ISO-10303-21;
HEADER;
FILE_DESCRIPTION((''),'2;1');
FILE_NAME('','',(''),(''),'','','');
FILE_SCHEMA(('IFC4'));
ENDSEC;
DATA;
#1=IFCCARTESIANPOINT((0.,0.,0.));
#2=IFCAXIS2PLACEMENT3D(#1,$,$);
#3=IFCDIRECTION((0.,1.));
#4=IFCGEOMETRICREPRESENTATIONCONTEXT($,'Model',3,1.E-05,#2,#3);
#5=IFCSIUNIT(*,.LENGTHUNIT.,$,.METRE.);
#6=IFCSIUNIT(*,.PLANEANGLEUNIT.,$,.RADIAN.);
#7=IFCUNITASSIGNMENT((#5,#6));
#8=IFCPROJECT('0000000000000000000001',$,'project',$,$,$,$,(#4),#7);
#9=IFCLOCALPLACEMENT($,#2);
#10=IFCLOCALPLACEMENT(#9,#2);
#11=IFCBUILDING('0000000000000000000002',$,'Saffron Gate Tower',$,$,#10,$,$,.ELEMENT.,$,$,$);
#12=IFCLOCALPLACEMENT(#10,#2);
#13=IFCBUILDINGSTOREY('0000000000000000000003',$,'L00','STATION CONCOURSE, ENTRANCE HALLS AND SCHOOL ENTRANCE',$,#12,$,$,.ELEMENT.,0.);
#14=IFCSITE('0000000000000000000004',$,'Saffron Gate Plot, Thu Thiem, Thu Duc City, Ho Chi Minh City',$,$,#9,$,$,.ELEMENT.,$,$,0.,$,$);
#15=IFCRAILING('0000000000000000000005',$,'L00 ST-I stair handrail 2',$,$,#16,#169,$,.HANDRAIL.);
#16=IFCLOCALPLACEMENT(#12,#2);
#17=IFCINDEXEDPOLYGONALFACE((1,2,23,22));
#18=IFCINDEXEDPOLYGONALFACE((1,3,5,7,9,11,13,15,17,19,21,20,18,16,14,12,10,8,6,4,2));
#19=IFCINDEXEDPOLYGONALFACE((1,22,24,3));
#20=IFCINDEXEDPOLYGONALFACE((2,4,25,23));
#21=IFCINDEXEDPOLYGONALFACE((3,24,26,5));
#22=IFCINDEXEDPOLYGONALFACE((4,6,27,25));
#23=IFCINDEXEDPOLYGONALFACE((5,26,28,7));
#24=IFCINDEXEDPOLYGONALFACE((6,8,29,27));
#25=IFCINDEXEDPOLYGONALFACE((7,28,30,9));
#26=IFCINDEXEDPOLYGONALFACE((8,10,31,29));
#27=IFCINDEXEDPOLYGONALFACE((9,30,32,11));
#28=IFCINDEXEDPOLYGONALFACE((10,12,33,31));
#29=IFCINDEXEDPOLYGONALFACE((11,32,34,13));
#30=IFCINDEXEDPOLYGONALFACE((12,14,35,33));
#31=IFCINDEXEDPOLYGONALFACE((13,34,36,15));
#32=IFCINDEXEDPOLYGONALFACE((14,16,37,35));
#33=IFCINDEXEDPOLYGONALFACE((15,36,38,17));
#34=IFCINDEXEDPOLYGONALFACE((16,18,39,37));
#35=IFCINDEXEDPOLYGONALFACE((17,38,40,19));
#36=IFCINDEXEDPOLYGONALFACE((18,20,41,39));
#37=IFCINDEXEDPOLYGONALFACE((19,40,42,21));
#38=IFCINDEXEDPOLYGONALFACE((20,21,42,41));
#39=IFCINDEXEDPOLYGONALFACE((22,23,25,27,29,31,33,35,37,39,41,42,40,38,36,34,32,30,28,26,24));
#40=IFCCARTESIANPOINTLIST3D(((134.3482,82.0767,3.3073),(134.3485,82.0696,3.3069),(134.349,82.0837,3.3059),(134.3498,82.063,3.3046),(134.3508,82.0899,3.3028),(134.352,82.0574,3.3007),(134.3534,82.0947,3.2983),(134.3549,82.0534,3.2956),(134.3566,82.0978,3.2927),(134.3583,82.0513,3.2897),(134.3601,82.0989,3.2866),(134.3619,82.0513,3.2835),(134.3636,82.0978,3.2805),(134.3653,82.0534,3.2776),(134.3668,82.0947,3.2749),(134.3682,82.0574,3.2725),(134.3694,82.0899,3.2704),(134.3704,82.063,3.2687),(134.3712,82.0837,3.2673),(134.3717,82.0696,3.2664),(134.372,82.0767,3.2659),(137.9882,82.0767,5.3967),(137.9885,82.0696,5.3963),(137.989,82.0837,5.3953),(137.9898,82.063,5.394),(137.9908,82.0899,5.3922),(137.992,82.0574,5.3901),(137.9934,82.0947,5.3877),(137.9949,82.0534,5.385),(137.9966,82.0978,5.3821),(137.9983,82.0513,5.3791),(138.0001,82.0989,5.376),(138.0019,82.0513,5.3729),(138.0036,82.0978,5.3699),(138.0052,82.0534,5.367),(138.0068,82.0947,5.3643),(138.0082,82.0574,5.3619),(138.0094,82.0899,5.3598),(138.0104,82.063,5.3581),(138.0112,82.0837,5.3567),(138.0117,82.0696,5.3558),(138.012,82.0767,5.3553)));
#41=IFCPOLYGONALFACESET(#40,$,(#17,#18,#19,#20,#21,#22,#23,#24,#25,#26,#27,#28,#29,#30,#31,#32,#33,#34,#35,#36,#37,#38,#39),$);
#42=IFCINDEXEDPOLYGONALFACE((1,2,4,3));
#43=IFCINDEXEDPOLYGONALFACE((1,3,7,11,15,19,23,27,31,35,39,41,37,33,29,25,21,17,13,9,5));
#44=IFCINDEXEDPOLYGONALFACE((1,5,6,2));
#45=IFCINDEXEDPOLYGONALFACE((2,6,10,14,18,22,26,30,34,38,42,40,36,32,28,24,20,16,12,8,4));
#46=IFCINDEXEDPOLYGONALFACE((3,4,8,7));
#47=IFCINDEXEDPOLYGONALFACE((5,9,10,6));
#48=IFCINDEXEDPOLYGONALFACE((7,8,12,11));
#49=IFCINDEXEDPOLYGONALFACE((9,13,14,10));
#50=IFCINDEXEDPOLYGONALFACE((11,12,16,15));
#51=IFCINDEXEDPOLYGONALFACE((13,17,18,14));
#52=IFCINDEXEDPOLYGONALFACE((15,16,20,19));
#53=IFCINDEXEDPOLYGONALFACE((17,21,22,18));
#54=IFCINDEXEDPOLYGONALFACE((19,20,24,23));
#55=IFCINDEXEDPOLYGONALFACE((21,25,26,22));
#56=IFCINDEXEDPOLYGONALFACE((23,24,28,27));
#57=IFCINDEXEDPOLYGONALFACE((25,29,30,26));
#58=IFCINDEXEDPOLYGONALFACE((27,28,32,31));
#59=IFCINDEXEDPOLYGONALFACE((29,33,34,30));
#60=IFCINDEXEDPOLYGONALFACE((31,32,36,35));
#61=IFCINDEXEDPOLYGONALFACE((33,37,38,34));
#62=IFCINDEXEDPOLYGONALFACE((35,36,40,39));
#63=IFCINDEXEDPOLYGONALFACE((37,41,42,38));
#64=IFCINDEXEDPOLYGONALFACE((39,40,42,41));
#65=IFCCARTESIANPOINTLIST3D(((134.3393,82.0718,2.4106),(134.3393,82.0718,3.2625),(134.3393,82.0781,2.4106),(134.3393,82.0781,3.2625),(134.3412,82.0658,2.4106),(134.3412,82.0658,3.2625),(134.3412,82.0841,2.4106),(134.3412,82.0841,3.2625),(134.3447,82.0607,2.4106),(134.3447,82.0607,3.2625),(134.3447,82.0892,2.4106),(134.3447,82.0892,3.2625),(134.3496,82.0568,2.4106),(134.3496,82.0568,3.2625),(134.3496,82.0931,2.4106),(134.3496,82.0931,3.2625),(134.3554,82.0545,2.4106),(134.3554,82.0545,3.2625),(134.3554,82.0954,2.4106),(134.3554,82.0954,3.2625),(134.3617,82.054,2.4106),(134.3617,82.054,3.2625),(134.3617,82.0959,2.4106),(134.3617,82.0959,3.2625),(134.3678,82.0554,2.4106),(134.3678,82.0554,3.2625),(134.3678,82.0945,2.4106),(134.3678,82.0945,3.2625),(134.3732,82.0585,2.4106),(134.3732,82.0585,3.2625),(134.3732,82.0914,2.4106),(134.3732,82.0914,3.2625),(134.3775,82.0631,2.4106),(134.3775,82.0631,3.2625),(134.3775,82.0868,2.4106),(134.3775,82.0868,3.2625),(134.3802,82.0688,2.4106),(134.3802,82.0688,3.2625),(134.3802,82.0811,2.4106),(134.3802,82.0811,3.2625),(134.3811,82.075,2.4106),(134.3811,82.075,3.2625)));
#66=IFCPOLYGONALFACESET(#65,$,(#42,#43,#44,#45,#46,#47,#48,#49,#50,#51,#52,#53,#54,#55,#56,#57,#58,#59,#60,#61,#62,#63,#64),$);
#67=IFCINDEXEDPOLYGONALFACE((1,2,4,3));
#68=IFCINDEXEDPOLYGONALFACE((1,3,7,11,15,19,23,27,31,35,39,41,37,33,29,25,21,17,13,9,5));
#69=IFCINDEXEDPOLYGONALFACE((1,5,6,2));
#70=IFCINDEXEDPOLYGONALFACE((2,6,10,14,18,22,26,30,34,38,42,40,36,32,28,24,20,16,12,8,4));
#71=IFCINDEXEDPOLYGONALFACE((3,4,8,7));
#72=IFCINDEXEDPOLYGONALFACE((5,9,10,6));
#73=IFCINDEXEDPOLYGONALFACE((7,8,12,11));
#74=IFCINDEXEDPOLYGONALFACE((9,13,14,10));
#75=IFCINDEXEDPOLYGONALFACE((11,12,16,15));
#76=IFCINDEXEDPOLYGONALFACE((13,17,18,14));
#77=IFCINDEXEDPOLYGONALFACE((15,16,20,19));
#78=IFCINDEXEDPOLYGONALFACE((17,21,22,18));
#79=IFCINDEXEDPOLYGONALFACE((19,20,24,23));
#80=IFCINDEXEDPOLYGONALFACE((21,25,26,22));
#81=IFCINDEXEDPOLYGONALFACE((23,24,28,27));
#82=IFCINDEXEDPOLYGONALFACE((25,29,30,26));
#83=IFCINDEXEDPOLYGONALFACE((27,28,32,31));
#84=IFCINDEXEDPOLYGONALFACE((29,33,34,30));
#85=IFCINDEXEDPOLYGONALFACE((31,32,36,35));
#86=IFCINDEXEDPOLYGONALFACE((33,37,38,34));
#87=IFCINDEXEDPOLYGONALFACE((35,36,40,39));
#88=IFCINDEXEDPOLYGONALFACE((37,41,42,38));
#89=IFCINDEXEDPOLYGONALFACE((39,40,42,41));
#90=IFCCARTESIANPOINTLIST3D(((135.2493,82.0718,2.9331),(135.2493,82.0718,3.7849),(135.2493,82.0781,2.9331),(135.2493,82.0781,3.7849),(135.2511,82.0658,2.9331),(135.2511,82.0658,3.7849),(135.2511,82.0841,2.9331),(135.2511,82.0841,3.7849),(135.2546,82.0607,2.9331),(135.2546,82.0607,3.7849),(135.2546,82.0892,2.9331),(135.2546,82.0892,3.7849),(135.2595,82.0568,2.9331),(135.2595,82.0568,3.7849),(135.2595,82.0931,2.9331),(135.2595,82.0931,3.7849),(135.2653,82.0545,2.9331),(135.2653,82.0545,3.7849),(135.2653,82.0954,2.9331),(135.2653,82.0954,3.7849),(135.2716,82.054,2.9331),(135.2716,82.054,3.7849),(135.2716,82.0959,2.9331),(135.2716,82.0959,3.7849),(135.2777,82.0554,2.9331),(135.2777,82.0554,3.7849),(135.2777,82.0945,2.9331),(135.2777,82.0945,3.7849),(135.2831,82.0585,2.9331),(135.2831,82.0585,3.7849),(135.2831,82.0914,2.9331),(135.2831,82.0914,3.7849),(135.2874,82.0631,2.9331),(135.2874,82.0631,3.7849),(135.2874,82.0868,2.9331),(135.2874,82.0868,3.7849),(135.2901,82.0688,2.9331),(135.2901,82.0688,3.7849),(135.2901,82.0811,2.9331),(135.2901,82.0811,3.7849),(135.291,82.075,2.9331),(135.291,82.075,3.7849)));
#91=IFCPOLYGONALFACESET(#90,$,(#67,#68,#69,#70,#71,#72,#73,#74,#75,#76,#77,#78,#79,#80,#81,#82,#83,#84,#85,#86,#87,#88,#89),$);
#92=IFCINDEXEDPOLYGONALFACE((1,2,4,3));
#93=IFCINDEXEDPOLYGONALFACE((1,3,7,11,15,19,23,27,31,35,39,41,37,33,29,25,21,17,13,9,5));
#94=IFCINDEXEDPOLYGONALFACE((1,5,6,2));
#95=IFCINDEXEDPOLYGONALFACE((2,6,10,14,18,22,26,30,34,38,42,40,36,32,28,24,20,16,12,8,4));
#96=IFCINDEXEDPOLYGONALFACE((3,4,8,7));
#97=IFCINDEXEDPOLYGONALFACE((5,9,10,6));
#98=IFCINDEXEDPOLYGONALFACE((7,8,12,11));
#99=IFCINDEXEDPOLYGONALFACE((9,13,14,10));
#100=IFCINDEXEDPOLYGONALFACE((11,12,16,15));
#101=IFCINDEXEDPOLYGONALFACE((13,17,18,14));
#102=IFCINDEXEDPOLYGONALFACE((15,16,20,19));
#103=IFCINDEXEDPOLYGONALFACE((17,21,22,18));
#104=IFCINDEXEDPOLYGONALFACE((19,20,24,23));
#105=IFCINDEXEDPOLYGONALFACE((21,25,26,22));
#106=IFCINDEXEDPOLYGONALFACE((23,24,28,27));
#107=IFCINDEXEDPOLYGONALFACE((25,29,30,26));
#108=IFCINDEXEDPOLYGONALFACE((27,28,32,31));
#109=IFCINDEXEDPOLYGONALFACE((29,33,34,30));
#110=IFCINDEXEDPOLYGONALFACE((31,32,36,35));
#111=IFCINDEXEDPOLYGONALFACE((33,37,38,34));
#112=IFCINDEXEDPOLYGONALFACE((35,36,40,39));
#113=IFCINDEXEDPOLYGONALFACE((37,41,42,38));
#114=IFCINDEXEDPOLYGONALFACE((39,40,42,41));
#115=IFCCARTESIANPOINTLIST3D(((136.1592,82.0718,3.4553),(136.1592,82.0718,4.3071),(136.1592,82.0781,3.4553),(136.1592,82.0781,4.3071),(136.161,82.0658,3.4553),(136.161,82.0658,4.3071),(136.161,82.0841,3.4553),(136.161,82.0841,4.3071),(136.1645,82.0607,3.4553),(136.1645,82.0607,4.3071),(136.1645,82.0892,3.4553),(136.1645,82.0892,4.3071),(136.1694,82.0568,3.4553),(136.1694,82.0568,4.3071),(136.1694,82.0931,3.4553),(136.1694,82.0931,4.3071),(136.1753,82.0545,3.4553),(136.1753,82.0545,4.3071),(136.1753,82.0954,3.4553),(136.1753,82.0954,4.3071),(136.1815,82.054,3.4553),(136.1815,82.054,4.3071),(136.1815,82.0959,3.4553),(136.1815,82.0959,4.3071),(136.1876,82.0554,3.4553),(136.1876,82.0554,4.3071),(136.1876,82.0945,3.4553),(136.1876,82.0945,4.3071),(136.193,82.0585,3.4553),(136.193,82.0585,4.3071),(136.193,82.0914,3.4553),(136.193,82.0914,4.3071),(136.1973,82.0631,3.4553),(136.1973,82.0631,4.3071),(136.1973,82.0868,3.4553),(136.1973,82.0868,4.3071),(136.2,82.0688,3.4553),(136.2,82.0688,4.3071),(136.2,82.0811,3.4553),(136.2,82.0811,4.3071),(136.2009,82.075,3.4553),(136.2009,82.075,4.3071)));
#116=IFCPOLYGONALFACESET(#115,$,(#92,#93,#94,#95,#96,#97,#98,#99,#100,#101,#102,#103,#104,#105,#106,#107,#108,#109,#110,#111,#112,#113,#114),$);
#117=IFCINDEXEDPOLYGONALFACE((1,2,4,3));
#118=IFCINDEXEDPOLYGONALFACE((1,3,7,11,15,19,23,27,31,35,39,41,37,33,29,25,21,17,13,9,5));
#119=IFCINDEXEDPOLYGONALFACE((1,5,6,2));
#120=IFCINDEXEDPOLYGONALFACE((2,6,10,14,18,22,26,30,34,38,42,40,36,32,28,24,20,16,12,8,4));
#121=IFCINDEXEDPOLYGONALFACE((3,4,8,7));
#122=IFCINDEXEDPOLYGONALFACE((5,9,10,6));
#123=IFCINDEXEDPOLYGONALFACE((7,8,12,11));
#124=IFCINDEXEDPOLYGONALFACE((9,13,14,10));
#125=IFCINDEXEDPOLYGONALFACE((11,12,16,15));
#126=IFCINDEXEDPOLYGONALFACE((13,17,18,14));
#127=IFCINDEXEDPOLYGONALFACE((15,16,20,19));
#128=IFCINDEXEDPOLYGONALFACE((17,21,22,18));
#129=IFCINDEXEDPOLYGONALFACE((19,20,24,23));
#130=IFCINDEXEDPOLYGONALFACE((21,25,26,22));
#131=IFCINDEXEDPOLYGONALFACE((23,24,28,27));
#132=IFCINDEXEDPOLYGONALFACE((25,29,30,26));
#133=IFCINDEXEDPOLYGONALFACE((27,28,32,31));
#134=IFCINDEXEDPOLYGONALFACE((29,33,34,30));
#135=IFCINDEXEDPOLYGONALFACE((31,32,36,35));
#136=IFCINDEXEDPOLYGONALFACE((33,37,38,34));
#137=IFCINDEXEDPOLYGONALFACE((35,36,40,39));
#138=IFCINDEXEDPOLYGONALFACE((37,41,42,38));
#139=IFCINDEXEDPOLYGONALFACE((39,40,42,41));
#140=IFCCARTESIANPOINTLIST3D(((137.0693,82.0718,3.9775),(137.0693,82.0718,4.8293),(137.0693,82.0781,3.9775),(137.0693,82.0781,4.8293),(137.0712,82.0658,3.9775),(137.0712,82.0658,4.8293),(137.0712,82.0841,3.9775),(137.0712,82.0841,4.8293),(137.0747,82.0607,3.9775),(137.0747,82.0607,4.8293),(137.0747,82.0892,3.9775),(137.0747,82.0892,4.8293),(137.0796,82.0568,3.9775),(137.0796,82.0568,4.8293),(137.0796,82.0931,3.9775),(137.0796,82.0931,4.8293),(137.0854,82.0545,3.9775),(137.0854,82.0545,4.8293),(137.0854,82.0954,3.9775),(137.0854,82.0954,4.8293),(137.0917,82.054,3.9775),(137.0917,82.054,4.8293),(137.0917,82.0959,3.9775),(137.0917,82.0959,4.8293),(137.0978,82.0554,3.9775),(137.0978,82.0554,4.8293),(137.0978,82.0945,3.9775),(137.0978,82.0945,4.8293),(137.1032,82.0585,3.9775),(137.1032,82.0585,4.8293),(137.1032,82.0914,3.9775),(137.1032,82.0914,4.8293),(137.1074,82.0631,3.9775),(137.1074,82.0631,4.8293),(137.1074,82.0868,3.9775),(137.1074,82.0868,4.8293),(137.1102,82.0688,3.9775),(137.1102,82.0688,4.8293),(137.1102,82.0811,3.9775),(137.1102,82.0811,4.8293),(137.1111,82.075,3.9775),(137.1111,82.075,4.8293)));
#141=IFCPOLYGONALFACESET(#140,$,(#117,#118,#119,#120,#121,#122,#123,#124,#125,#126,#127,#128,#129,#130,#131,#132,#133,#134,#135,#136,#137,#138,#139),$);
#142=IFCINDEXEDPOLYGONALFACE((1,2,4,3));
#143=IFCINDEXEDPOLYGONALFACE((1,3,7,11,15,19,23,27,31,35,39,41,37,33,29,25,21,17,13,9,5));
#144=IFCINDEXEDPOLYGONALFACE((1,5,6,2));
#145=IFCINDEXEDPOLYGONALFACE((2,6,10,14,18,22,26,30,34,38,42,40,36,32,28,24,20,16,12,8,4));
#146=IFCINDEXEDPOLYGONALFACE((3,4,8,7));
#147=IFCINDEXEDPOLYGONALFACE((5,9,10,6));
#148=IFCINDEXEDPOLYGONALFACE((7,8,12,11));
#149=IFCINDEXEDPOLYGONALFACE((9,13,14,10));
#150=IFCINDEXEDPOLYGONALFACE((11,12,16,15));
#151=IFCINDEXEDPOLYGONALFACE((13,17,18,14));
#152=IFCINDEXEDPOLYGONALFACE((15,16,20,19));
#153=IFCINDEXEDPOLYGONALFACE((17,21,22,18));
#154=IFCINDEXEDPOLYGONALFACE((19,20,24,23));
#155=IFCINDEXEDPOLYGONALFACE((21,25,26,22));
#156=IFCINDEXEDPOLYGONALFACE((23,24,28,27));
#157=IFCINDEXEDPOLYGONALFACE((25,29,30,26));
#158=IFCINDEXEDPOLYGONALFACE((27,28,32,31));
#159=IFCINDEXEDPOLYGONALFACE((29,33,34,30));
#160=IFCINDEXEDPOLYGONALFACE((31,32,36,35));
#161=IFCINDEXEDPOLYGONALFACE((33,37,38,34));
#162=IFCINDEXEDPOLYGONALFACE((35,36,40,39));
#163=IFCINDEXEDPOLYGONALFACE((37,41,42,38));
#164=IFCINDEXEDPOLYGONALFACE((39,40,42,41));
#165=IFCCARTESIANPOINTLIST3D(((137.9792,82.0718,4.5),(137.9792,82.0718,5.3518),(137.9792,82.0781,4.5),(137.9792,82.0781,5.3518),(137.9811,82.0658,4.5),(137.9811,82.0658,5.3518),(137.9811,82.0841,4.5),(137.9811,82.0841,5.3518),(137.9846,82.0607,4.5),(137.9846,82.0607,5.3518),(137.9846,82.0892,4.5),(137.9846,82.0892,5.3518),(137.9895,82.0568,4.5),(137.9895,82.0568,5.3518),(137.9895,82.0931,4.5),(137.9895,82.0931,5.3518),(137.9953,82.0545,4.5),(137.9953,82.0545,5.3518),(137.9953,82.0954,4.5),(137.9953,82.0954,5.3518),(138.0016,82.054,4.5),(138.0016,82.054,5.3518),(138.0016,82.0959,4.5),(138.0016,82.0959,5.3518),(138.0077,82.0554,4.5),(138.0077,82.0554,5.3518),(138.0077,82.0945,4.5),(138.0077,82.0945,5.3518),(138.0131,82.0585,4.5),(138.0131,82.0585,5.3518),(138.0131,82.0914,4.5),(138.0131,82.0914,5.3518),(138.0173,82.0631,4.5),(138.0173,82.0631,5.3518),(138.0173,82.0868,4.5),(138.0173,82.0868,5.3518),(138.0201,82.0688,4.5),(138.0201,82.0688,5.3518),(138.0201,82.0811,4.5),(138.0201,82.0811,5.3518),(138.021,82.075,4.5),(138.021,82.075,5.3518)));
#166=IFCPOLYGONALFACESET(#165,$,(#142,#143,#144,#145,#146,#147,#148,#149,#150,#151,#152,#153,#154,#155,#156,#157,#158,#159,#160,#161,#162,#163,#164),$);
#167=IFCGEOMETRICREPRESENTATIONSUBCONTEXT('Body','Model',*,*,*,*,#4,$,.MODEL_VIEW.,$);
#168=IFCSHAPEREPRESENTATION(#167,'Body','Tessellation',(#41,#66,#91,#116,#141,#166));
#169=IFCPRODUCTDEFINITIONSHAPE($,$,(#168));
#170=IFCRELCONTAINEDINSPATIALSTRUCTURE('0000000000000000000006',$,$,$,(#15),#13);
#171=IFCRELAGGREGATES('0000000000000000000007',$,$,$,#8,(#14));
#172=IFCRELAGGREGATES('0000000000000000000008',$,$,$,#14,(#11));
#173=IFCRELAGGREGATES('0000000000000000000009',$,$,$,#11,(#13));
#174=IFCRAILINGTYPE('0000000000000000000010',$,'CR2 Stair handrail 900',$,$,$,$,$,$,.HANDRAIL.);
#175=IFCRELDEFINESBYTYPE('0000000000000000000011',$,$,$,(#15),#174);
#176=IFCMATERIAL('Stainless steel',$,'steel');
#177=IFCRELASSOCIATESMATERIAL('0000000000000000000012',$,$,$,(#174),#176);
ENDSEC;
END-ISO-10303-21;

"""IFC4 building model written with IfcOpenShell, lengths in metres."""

from ifc_helpers import new_model, si_unit, direction, frame, origin, origin_2d, place, context, subcontext, project, spatial, circle, extrude, material, type_object, element, save


model = new_model("IFC4")

# Units and contexts
model_context = context("Model", 3, precision=1e-05, world=origin(), true_north=direction((0.0, 1.0)))
body_context = subcontext(model_context, "Body", "Model", "MODEL_VIEW")
ifc_project = project(units=[si_unit("LENGTHUNIT", "METRE"), si_unit("PLANEANGLEUNIT", "RADIAN")], contexts=[model_context])

# Site, building, storey
site_placement = place(None, origin())
site = spatial("IfcSite", under=ifc_project, at=site_placement, Name="Saffron Gate Plot, Thu Thiem, Thu Duc City, Ho Chi Minh City", CompositionType="ELEMENT", RefElevation=0.0)
building_placement = place(site_placement, origin())
building = spatial("IfcBuilding", under=site, at=building_placement, Name="Saffron Gate Tower", CompositionType="ELEMENT")
storey_placement = place(building_placement, origin())
storey = spatial("IfcBuildingStorey", under=building, at=storey_placement, Name="L00", Description="STATION CONCOURSE, ENTRANCE HALLS AND SCHOOL ENTRANCE", CompositionType="ELEMENT", Elevation=0.0)

# Railing
ifc_material_1 = material(Name="Stainless steel", Category="steel")
railing_type_1 = type_object("IfcRailingType", Name="CR2 Stair handrail 900", PredefinedType="HANDRAIL", material=ifc_material_1)
for number, where, name in (
    (1, (134.3601, 82.075, 2.4106), "L00 ST-I stair handrail 2"),
):
    element("IfcRailing", number, at=place(storey_placement, frame(where)), inside=storey, type_object=railing_type_1, Name=name, PredefinedType="HANDRAIL", context=body_context, shape_type="SweptSolid", body=[
        extrude(circle(Radius=0.0239, at=origin_2d()), frame((0.0, 0.0, 0.876), z_axis=(0.867275, 0.0, 0.497829), x_axis=(0.0, 1.0, 0.0)), (0.0, 0.0, 1.0), 4.197),
        extrude(circle(Radius=0.021, at=origin_2d()), origin(), (0.0, 0.0, 1.0), 0.8518),
        extrude(circle(Radius=0.021, at=origin_2d()), frame((0.9099, 0.0, 0.5225)), (0.0, 0.0, 1.0), 0.8518),
        extrude(circle(Radius=0.021, at=origin_2d()), frame((1.8198, 0.0, 1.0447)), (0.0, 0.0, 1.0), 0.8518),
        extrude(circle(Radius=0.021, at=origin_2d()), frame((2.73, 0.0, 1.5669)), (0.0, 0.0, 1.0), 0.8518),
        extrude(circle(Radius=0.021, at=origin_2d()), frame((3.6399, 0.0, 2.0894)), (0.0, 0.0, 1.0), 0.8518),
    ])

save(model, "model.ifc")
